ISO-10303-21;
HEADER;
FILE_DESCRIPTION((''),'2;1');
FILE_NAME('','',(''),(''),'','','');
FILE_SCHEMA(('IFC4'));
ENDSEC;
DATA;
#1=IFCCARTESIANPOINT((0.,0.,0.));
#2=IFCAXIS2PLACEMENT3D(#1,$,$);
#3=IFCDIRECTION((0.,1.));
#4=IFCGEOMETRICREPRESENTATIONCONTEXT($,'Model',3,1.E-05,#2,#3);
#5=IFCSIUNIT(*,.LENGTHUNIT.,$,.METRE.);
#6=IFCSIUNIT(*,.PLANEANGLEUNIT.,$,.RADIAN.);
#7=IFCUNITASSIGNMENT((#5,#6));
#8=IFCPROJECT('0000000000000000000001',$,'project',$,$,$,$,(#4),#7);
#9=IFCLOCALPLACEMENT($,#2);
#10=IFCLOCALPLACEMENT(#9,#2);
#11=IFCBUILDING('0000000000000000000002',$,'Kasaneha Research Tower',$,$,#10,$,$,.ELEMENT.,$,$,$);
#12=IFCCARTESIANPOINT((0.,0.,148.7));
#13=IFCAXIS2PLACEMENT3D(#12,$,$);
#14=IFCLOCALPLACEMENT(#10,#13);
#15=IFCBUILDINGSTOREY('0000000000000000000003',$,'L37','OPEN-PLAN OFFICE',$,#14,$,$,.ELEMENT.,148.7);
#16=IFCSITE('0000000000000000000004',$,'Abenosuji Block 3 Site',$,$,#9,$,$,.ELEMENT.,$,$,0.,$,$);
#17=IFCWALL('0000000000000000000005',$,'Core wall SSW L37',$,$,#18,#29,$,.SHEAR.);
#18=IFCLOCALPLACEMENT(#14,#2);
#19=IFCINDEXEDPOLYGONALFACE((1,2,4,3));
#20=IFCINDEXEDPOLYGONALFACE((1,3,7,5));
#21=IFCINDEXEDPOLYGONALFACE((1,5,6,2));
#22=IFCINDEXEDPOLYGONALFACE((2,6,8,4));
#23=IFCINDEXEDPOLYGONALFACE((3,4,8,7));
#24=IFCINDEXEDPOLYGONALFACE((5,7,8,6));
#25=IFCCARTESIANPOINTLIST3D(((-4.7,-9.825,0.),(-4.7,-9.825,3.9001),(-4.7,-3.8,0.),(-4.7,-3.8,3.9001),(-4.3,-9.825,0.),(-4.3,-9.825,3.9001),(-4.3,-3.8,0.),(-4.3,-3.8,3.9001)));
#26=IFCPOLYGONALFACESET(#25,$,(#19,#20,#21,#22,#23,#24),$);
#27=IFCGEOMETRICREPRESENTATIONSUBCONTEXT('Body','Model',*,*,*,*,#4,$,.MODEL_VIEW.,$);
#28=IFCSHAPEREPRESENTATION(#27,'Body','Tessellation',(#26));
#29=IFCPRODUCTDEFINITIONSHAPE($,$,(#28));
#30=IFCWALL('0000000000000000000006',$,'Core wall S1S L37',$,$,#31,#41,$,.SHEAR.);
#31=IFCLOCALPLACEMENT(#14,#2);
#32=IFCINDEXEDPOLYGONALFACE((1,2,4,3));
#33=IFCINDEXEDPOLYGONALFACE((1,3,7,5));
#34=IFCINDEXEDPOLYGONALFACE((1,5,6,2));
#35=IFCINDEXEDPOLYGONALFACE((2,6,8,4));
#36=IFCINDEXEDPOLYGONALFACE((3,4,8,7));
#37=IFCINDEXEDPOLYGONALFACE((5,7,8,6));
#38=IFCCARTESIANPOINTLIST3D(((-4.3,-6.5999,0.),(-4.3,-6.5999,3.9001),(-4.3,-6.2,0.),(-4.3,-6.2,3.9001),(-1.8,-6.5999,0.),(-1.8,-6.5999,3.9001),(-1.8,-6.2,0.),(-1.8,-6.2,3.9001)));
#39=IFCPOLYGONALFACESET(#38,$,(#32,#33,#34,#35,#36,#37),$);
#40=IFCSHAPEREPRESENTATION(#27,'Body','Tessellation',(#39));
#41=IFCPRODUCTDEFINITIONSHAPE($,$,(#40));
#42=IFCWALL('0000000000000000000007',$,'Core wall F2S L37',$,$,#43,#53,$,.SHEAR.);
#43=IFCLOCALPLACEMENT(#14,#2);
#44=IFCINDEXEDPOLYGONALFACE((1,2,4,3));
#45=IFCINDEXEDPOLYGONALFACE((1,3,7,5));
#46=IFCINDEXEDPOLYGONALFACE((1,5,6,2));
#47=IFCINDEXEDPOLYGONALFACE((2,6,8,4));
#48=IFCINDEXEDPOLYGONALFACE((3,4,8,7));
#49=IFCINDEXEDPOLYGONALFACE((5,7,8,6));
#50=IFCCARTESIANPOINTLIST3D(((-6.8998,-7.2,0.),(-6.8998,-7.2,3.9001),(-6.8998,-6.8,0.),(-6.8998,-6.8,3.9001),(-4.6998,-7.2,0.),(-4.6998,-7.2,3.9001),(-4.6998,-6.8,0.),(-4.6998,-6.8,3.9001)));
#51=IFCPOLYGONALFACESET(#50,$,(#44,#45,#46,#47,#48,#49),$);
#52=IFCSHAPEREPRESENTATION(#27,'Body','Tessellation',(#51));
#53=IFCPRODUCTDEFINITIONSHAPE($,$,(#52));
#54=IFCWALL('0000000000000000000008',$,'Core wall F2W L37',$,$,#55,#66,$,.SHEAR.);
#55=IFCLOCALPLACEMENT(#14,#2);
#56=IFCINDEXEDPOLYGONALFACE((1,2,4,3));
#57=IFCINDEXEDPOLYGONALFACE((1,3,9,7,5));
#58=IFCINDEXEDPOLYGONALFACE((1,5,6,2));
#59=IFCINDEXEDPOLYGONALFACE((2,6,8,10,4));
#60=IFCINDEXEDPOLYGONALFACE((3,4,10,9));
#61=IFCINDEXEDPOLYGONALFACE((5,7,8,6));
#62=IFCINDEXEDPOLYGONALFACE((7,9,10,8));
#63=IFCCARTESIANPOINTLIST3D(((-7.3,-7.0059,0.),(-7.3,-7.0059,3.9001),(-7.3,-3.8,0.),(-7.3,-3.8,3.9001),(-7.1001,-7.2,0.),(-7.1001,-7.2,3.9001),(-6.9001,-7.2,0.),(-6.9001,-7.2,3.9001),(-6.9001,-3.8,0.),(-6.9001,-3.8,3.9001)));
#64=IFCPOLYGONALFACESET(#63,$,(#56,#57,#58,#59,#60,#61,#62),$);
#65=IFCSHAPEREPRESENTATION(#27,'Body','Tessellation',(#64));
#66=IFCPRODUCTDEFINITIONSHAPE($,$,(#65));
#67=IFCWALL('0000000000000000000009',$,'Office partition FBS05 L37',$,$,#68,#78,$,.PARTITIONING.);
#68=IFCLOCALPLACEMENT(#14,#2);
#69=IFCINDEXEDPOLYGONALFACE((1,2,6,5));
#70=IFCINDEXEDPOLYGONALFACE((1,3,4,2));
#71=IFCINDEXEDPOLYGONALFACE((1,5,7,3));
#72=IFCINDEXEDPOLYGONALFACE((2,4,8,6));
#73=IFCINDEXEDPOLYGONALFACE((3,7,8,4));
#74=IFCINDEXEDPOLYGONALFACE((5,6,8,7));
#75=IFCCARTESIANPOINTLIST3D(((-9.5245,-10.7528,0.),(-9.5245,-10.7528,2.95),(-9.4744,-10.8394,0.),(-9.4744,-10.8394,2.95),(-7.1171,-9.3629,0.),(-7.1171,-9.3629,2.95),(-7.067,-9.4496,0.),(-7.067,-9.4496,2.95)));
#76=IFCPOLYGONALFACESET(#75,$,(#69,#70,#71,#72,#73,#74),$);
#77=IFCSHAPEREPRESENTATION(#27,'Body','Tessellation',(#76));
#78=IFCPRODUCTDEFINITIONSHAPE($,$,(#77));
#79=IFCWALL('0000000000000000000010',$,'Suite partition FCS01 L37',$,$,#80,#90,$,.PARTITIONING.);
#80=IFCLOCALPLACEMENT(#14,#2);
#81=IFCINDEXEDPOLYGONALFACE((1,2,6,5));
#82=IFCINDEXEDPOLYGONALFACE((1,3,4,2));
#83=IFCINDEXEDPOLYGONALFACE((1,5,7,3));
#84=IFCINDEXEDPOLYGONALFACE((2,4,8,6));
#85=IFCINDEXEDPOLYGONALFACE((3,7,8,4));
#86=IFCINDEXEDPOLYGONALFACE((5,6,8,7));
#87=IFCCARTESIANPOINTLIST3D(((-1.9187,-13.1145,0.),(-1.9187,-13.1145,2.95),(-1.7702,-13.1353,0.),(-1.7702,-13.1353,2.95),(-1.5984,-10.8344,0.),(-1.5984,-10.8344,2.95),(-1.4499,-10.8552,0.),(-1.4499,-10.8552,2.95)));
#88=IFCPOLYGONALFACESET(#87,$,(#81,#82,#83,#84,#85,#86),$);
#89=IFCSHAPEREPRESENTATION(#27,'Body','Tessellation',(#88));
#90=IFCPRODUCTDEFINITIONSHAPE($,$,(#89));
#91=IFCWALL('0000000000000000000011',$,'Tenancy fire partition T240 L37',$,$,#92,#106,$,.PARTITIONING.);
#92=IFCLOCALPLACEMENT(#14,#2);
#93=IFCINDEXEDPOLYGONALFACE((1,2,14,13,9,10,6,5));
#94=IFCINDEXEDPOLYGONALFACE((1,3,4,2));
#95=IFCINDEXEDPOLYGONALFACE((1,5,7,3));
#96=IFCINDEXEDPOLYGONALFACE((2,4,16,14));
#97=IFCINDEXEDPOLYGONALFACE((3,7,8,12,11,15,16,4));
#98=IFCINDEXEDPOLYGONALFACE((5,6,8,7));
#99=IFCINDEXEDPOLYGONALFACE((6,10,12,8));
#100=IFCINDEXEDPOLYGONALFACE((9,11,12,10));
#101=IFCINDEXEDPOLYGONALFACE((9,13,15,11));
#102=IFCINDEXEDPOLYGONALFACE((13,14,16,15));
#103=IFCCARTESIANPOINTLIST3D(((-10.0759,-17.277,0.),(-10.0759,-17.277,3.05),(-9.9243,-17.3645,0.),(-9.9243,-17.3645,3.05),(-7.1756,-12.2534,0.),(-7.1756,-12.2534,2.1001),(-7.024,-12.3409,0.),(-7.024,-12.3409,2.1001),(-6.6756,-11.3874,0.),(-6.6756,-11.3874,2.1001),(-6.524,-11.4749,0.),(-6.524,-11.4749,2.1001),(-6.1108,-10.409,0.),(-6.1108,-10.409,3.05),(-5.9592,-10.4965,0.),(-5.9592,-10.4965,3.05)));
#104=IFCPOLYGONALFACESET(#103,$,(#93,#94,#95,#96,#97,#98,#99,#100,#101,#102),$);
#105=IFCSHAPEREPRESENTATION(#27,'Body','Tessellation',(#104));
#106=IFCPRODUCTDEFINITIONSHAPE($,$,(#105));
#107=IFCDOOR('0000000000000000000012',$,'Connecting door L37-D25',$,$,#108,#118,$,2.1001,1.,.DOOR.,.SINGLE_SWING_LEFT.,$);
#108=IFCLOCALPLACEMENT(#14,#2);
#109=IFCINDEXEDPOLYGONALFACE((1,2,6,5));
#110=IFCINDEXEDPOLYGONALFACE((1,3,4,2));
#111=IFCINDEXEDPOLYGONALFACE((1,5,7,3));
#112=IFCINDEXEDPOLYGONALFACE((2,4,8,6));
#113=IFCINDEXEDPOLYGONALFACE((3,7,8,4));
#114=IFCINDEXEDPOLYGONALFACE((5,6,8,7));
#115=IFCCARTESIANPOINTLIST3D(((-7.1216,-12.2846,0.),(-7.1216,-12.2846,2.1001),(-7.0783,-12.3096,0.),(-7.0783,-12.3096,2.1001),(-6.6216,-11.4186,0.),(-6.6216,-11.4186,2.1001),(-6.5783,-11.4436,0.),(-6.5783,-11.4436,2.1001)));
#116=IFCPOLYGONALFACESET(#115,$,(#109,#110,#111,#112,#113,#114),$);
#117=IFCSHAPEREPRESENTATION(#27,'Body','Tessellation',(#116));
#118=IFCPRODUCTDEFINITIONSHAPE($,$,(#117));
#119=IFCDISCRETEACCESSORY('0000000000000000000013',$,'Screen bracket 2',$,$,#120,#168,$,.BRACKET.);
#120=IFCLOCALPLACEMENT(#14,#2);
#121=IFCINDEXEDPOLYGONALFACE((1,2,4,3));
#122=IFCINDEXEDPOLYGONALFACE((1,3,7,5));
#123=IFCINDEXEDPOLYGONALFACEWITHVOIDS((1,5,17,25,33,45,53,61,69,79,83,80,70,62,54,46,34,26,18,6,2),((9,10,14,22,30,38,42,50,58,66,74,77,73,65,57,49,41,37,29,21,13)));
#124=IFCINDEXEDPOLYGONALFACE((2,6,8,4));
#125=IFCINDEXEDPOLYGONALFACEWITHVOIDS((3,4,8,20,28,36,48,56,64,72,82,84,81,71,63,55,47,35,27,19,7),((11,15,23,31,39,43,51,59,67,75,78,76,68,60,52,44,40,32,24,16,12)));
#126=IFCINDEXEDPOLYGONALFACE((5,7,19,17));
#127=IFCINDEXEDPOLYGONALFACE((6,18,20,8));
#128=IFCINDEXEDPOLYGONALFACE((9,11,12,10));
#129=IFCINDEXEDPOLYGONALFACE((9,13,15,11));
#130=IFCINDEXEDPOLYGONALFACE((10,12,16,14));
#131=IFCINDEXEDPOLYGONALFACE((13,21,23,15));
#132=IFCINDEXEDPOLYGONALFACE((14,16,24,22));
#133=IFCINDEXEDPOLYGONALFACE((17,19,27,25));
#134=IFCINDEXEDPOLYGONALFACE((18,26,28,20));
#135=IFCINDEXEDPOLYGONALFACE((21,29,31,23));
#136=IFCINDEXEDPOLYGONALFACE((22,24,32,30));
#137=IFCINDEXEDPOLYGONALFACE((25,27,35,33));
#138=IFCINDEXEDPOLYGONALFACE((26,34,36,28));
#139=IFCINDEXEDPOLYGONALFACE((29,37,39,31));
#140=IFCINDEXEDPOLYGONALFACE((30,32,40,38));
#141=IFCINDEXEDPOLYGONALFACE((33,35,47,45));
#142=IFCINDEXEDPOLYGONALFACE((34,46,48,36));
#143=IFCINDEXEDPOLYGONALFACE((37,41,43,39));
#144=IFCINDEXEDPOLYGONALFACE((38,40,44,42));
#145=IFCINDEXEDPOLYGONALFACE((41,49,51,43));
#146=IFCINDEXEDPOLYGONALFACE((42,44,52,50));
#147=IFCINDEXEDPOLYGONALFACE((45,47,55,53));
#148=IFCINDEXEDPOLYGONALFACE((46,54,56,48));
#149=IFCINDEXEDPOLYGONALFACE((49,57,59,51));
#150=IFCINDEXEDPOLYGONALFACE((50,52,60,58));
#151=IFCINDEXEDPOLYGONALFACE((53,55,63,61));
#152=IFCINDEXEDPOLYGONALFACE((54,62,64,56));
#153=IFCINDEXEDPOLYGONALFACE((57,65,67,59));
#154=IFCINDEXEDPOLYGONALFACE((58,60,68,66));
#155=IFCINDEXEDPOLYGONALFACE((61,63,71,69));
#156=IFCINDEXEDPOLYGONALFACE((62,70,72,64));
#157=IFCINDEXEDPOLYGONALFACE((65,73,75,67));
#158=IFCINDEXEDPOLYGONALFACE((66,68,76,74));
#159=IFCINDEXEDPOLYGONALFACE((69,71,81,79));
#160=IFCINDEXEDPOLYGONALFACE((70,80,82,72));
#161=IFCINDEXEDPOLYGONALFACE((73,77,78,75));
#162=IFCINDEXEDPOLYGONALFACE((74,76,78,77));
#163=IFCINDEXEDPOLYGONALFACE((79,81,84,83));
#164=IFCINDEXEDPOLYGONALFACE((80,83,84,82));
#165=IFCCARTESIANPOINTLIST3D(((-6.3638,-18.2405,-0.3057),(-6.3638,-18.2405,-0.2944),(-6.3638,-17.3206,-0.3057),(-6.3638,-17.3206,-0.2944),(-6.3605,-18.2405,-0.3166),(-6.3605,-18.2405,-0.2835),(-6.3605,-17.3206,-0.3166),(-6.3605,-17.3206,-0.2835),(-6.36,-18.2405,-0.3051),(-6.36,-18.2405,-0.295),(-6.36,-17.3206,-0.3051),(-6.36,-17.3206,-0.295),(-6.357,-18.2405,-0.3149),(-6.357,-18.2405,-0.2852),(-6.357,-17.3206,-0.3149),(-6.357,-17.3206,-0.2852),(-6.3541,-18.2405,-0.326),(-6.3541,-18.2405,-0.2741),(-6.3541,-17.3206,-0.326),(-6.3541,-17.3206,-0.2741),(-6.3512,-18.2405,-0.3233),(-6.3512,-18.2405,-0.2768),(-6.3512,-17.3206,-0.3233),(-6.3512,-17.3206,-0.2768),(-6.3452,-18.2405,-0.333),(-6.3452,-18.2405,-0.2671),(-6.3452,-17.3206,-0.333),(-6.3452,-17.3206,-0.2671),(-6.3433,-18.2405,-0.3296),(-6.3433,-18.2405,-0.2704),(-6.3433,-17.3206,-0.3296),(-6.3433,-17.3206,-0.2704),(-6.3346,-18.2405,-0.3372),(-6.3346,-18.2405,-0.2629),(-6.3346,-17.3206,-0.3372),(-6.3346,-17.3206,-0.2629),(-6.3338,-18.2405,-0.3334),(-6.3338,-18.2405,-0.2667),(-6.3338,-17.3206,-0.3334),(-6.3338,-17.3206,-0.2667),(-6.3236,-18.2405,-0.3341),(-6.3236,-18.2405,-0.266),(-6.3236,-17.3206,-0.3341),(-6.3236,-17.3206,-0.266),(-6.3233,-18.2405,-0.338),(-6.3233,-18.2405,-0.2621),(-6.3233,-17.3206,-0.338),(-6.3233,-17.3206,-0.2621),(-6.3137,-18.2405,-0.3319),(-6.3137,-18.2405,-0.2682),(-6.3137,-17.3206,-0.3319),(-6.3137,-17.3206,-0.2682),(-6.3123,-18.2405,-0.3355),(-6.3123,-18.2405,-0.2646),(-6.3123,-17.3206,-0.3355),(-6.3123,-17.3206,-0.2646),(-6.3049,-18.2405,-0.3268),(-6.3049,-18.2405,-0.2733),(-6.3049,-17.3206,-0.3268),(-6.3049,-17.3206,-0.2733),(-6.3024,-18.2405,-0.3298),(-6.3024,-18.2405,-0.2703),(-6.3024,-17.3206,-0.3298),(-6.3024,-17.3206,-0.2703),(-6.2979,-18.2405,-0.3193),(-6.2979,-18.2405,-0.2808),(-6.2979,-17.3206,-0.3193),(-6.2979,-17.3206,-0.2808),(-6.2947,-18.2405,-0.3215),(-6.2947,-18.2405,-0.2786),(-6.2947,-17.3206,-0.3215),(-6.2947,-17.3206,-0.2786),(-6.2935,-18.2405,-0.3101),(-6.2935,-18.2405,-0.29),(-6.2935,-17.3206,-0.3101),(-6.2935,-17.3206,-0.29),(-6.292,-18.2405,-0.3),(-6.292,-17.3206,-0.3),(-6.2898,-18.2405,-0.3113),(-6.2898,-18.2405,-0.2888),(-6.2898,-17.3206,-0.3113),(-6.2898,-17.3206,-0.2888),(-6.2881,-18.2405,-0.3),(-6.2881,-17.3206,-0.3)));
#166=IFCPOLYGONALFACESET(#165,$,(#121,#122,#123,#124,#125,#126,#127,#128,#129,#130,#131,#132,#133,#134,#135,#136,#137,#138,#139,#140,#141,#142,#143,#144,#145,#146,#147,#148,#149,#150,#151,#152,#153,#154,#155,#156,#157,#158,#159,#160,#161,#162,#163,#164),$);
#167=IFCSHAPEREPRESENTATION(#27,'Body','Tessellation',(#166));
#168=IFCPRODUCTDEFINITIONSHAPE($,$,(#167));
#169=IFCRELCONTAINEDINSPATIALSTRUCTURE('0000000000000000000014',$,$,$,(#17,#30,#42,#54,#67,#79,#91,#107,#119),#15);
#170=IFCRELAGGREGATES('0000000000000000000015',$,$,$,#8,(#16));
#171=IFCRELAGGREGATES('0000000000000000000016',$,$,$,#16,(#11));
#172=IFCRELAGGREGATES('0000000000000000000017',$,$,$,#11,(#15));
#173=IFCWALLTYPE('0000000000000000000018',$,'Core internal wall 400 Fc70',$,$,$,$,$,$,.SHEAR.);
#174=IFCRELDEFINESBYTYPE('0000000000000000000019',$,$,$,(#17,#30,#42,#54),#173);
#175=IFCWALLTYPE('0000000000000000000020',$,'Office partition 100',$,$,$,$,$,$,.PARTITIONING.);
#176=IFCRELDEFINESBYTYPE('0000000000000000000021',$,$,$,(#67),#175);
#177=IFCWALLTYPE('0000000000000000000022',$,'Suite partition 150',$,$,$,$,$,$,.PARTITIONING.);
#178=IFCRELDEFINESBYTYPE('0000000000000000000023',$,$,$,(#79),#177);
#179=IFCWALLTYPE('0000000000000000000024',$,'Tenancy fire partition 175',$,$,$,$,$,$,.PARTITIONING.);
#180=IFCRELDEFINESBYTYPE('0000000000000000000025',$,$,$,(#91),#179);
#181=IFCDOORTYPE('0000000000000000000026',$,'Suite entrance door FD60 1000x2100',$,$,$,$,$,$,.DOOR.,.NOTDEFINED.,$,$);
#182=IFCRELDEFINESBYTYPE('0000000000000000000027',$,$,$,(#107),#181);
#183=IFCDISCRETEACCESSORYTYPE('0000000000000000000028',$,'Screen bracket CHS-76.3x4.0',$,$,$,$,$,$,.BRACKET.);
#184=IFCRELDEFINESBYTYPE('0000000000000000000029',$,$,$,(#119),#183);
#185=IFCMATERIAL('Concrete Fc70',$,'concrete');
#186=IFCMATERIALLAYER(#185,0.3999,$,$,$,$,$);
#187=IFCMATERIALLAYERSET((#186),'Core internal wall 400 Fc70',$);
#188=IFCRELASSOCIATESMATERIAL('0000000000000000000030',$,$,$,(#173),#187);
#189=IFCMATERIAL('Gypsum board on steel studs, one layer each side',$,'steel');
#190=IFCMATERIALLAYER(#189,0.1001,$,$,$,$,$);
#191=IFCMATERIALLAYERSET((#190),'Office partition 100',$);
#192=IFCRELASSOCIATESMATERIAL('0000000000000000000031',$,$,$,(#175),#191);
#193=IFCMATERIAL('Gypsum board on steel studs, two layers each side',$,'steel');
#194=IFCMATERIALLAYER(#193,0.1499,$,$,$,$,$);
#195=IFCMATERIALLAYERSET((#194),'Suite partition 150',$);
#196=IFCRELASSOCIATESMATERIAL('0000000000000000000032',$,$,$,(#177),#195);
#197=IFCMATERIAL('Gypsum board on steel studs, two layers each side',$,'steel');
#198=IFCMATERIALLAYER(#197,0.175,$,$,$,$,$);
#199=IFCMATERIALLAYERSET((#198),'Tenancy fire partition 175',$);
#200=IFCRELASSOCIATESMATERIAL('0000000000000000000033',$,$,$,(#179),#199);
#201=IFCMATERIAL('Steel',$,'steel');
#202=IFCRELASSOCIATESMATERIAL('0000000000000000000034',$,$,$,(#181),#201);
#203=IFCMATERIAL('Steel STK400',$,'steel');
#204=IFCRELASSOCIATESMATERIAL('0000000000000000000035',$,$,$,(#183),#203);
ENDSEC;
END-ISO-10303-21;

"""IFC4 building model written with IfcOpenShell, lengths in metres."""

from ifc_helpers import new_model, si_unit, direction, frame, frame_2d, origin, origin_2d, place, context, subcontext, project, spatial, polyline, rectangle, hollow_circle, outline, extrude, material, layer, layer_set, material_profile, profile_set, type_object, element, fill, save


model = new_model("IFC4")

# Units and contexts
model_context = context("Model", 3, precision=1e-05, world=origin(), true_north=direction((0.0, 1.0)))
body_context = subcontext(model_context, "Body", "Model", "MODEL_VIEW")
ifc_project = project(units=[si_unit("LENGTHUNIT", "METRE"), si_unit("PLANEANGLEUNIT", "RADIAN")], contexts=[model_context])

# Site, building, storey
site_placement = place(None, origin())
site = spatial("IfcSite", under=ifc_project, at=site_placement, Name="Abenosuji Block 3 Site", CompositionType="ELEMENT", RefElevation=0.0)
building_placement = place(site_placement, origin())
building = spatial("IfcBuilding", under=site, at=building_placement, Name="Kasaneha Research Tower", CompositionType="ELEMENT")
storey_placement = place(building_placement, frame((0.0, 0.0, 148.7)))
storey = spatial("IfcBuildingStorey", under=building, at=storey_placement, Name="L37", Description="OPEN-PLAN OFFICE", CompositionType="ELEMENT", Elevation=148.7)

# Shared definitions
ifc_material_1 = material(Name="Concrete Fc70", Category="concrete")
ifc_layer_1 = layer(ifc_material_1, 0.3999)
ifc_layer_set_1 = layer_set([ifc_layer_1], Name="Core internal wall 400 Fc70")
wall_type_1 = type_object("IfcWallType", Name="Core internal wall 400 Fc70", PredefinedType="SHEAR", material=ifc_layer_set_1)

# Walls
wall_1_placement = place(storey_placement, frame((-4.5, -3.8, 0.0), z_axis=(0.0, 0.0, 1.0), x_axis=(0.0, -1.0, 0.0)))
element("IfcWall", 1, at=wall_1_placement, inside=storey, type_object=wall_type_1, Name="Core wall SSW L37", PredefinedType="SHEAR", context=body_context, shape_type="SweptSolid", body=[
    extrude(rectangle(XDim=6.0249, YDim=0.3999, at=frame_2d((3.0125, 0.0))), origin(), (0.0, 0.0, 1.0), 3.9001),
])
wall_2_placement = place(storey_placement, frame((-4.3, -6.3999, 0.0), z_axis=(0.0, 0.0, 1.0), x_axis=(1.0, 0.0, 0.0)))
element("IfcWall", 2, at=wall_2_placement, inside=storey, type_object=wall_type_1, Name="Core wall S1S L37", PredefinedType="SHEAR", context=body_context, shape_type="SweptSolid", body=[
    extrude(rectangle(XDim=2.5, YDim=0.3999, at=frame_2d((1.25, 0.0))), origin(), (0.0, 0.0, 1.0), 3.9001),
])
wall_3_placement = place(storey_placement, frame((-6.8999, -7.0, 0.0), z_axis=(0.0, 0.0, 1.0), x_axis=(1.0, 0.0, 0.0)))
element("IfcWall", 3, at=wall_3_placement, inside=storey, type_object=wall_type_1, Name="Core wall F2S L37", PredefinedType="SHEAR", context=body_context, shape_type="SweptSolid", body=[
    extrude(rectangle(XDim=2.2, YDim=0.3999, at=frame_2d((1.1001, 0.0))), origin(), (0.0, 0.0, 1.0), 3.9001),
])
wall_4_placement = place(storey_placement, frame((-7.1001, -3.8, 0.0), z_axis=(0.0, 0.0, 1.0), x_axis=(0.0, -1.0, 0.0)))
element("IfcWall", 4, at=wall_4_placement, inside=storey, type_object=wall_type_1, Name="Core wall F2W L37", PredefinedType="SHEAR", context=body_context, shape_type="SweptSolid", body=[
    extrude(outline(polyline([(0.0, -0.2), (3.2058, -0.2), (3.3999, 0.0), (3.3999, 0.2), (0.0, 0.2), (0.0, -0.2)])), origin(), (0.0, 0.0, 1.0), 3.9001),
])

# Walls
ifc_material_2 = material(Name="Gypsum board on steel studs, one layer each side", Category="steel")
ifc_layer_2 = layer(ifc_material_2, 0.1001)
ifc_layer_set_2 = layer_set([ifc_layer_2], Name="Office partition 100")
wall_type_2 = type_object("IfcWallType", Name="Office partition 100", PredefinedType="PARTITIONING", material=ifc_layer_set_2)
wall_5_placement = place(storey_placement, frame((-7.092, -9.4062, 0.0), z_axis=(0.0, 0.0, 1.0), x_axis=(-0.866035, -0.499983, 0.0)))
element("IfcWall", 5, at=wall_5_placement, inside=storey, type_object=wall_type_2, Name="Office partition FBS05 L37", PredefinedType="PARTITIONING", context=body_context, shape_type="SweptSolid", body=[
    extrude(rectangle(XDim=2.7798, YDim=0.1001, at=frame_2d((1.3899, 0.0))), origin(), (0.0, 0.0, 1.0), 2.95),
])
ifc_material_3 = material(Name="Gypsum board on steel studs, two layers each side", Category="steel")
ifc_layer_3 = layer(ifc_material_3, 0.1499)
ifc_layer_set_3 = layer_set([ifc_layer_3], Name="Suite partition 150")
wall_type_3 = type_object("IfcWallType", Name="Suite partition 150", PredefinedType="PARTITIONING", material=ifc_layer_set_3)
wall_6_placement = place(storey_placement, frame((-1.8445, -13.125, 0.0), z_axis=(0.0, 0.0, 1.0), x_axis=(0.13912, 0.990276, 0.0)))
element("IfcWall", 6, at=wall_6_placement, inside=storey, type_object=wall_type_3, Name="Suite partition FCS01 L37", PredefinedType="PARTITIONING", context=body_context, shape_type="SweptSolid", body=[
    extrude(rectangle(XDim=2.3025, YDim=0.1499, at=frame_2d((1.1514, 0.0))), origin(), (0.0, 0.0, 1.0), 2.95),
])

# Wall, opening, door
ifc_material_4 = material(Name="Gypsum board on steel studs, two layers each side", Category="steel")
ifc_layer_4 = layer(ifc_material_4, 0.175)
ifc_layer_set_4 = layer_set([ifc_layer_4], Name="Tenancy fire partition 175")
wall_type_4 = type_object("IfcWallType", Name="Tenancy fire partition 175", PredefinedType="PARTITIONING", material=ifc_layer_set_4)
wall_7_placement = place(storey_placement, frame((-6.0349, -10.4526, 0.0), z_axis=(0.0, 0.0, 1.0), x_axis=(-0.49999, -0.866031, 0.0)))
wall_7 = element("IfcWall", 7, at=wall_7_placement, inside=storey, type_object=wall_type_4, Name="Tenancy fire partition T240 L37", PredefinedType="PARTITIONING", context=body_context, shape_type="SweptSolid", body=[
    extrude(rectangle(XDim=7.9304, YDim=0.175, at=frame_2d((3.9653, 0.0))), origin(), (0.0, 0.0, 1.0), 3.05),
])
opening_1_placement = place(wall_7_placement, frame((1.1299, 0.0, 0.0)))
opening_1 = element("IfcOpeningElement", 8, at=opening_1_placement, cuts=wall_7, PredefinedType="OPENING", context=body_context, shape_type="SweptSolid", body=[
    extrude(rectangle(XDim=1.0, YDim=2.1001, at=frame_2d((0.5, 1.05))), frame((0.0, 0.0977, 0.0), z_axis=(0.0, -1.0, 0.0), x_axis=(1.0, 0.0, 0.0)), (0.0, 0.0, 1.0), 0.1951),
])
ifc_material_5 = material(Name="Steel", Category="steel")
door_type_1 = type_object("IfcDoorType", Name="Suite entrance door FD60 1000x2100", OperationType="NOTDEFINED", PredefinedType="DOOR", material=ifc_material_5)
door_1_placement = place(opening_1_placement, origin())
door_1 = element("IfcDoor", 9, at=door_1_placement, inside=storey, type_object=door_type_1, Name="Connecting door L37-D25", OperationType="SINGLE_SWING_LEFT", OverallHeight=2.1001, OverallWidth=1.0, PredefinedType="DOOR", context=body_context, shape_type="SweptSolid", body=[
    extrude(rectangle(XDim=1.0, YDim=2.1001, at=frame_2d((0.5, 1.05))), frame((0.0, 0.0249, 0.0), z_axis=(0.0, -1.0, 0.0), x_axis=(1.0, 0.0, 0.0)), (0.0, 0.0, 1.0), 0.05),
])
fill(opening_1, door_1)

# Discrete accessory
ifc_material_6 = material(Name="Steel STK400", Category="steel")
ifc_material_profile_1 = material_profile(ifc_material_6, hollow_circle(Radius=0.0381, WallThickness=0.0039, at=origin_2d()), Name="CHS-76.3x4.0")
ifc_profile_set_1 = profile_set([ifc_material_profile_1], Name="Steel STK400")
discrete_accessory_type = type_object("IfcDiscreteAccessoryType", Name="Screen bracket CHS-76.3x4.0", PredefinedType="BRACKET", material=ifc_profile_set_1)
for number, where, z_axis, x_axis, name in (
    (10, (-6.3262, -17.3206, -0.3), (0.0, -1.0, 0.0), (1.0, 0.0, 0.0), "Screen bracket 2"),
):
    element("IfcDiscreteAccessory", number, at=place(storey_placement, frame(where, z_axis=z_axis, x_axis=x_axis)), inside=storey, type_object=discrete_accessory_type, Name=name, PredefinedType="BRACKET", context=body_context, shape_type="SweptSolid", body=[
        extrude(hollow_circle(Radius=0.0381, WallThickness=0.0039, at=origin_2d()), origin(), (0.0, 0.0, 1.0), 0.9199),
    ])

save(model, "model.ifc")
